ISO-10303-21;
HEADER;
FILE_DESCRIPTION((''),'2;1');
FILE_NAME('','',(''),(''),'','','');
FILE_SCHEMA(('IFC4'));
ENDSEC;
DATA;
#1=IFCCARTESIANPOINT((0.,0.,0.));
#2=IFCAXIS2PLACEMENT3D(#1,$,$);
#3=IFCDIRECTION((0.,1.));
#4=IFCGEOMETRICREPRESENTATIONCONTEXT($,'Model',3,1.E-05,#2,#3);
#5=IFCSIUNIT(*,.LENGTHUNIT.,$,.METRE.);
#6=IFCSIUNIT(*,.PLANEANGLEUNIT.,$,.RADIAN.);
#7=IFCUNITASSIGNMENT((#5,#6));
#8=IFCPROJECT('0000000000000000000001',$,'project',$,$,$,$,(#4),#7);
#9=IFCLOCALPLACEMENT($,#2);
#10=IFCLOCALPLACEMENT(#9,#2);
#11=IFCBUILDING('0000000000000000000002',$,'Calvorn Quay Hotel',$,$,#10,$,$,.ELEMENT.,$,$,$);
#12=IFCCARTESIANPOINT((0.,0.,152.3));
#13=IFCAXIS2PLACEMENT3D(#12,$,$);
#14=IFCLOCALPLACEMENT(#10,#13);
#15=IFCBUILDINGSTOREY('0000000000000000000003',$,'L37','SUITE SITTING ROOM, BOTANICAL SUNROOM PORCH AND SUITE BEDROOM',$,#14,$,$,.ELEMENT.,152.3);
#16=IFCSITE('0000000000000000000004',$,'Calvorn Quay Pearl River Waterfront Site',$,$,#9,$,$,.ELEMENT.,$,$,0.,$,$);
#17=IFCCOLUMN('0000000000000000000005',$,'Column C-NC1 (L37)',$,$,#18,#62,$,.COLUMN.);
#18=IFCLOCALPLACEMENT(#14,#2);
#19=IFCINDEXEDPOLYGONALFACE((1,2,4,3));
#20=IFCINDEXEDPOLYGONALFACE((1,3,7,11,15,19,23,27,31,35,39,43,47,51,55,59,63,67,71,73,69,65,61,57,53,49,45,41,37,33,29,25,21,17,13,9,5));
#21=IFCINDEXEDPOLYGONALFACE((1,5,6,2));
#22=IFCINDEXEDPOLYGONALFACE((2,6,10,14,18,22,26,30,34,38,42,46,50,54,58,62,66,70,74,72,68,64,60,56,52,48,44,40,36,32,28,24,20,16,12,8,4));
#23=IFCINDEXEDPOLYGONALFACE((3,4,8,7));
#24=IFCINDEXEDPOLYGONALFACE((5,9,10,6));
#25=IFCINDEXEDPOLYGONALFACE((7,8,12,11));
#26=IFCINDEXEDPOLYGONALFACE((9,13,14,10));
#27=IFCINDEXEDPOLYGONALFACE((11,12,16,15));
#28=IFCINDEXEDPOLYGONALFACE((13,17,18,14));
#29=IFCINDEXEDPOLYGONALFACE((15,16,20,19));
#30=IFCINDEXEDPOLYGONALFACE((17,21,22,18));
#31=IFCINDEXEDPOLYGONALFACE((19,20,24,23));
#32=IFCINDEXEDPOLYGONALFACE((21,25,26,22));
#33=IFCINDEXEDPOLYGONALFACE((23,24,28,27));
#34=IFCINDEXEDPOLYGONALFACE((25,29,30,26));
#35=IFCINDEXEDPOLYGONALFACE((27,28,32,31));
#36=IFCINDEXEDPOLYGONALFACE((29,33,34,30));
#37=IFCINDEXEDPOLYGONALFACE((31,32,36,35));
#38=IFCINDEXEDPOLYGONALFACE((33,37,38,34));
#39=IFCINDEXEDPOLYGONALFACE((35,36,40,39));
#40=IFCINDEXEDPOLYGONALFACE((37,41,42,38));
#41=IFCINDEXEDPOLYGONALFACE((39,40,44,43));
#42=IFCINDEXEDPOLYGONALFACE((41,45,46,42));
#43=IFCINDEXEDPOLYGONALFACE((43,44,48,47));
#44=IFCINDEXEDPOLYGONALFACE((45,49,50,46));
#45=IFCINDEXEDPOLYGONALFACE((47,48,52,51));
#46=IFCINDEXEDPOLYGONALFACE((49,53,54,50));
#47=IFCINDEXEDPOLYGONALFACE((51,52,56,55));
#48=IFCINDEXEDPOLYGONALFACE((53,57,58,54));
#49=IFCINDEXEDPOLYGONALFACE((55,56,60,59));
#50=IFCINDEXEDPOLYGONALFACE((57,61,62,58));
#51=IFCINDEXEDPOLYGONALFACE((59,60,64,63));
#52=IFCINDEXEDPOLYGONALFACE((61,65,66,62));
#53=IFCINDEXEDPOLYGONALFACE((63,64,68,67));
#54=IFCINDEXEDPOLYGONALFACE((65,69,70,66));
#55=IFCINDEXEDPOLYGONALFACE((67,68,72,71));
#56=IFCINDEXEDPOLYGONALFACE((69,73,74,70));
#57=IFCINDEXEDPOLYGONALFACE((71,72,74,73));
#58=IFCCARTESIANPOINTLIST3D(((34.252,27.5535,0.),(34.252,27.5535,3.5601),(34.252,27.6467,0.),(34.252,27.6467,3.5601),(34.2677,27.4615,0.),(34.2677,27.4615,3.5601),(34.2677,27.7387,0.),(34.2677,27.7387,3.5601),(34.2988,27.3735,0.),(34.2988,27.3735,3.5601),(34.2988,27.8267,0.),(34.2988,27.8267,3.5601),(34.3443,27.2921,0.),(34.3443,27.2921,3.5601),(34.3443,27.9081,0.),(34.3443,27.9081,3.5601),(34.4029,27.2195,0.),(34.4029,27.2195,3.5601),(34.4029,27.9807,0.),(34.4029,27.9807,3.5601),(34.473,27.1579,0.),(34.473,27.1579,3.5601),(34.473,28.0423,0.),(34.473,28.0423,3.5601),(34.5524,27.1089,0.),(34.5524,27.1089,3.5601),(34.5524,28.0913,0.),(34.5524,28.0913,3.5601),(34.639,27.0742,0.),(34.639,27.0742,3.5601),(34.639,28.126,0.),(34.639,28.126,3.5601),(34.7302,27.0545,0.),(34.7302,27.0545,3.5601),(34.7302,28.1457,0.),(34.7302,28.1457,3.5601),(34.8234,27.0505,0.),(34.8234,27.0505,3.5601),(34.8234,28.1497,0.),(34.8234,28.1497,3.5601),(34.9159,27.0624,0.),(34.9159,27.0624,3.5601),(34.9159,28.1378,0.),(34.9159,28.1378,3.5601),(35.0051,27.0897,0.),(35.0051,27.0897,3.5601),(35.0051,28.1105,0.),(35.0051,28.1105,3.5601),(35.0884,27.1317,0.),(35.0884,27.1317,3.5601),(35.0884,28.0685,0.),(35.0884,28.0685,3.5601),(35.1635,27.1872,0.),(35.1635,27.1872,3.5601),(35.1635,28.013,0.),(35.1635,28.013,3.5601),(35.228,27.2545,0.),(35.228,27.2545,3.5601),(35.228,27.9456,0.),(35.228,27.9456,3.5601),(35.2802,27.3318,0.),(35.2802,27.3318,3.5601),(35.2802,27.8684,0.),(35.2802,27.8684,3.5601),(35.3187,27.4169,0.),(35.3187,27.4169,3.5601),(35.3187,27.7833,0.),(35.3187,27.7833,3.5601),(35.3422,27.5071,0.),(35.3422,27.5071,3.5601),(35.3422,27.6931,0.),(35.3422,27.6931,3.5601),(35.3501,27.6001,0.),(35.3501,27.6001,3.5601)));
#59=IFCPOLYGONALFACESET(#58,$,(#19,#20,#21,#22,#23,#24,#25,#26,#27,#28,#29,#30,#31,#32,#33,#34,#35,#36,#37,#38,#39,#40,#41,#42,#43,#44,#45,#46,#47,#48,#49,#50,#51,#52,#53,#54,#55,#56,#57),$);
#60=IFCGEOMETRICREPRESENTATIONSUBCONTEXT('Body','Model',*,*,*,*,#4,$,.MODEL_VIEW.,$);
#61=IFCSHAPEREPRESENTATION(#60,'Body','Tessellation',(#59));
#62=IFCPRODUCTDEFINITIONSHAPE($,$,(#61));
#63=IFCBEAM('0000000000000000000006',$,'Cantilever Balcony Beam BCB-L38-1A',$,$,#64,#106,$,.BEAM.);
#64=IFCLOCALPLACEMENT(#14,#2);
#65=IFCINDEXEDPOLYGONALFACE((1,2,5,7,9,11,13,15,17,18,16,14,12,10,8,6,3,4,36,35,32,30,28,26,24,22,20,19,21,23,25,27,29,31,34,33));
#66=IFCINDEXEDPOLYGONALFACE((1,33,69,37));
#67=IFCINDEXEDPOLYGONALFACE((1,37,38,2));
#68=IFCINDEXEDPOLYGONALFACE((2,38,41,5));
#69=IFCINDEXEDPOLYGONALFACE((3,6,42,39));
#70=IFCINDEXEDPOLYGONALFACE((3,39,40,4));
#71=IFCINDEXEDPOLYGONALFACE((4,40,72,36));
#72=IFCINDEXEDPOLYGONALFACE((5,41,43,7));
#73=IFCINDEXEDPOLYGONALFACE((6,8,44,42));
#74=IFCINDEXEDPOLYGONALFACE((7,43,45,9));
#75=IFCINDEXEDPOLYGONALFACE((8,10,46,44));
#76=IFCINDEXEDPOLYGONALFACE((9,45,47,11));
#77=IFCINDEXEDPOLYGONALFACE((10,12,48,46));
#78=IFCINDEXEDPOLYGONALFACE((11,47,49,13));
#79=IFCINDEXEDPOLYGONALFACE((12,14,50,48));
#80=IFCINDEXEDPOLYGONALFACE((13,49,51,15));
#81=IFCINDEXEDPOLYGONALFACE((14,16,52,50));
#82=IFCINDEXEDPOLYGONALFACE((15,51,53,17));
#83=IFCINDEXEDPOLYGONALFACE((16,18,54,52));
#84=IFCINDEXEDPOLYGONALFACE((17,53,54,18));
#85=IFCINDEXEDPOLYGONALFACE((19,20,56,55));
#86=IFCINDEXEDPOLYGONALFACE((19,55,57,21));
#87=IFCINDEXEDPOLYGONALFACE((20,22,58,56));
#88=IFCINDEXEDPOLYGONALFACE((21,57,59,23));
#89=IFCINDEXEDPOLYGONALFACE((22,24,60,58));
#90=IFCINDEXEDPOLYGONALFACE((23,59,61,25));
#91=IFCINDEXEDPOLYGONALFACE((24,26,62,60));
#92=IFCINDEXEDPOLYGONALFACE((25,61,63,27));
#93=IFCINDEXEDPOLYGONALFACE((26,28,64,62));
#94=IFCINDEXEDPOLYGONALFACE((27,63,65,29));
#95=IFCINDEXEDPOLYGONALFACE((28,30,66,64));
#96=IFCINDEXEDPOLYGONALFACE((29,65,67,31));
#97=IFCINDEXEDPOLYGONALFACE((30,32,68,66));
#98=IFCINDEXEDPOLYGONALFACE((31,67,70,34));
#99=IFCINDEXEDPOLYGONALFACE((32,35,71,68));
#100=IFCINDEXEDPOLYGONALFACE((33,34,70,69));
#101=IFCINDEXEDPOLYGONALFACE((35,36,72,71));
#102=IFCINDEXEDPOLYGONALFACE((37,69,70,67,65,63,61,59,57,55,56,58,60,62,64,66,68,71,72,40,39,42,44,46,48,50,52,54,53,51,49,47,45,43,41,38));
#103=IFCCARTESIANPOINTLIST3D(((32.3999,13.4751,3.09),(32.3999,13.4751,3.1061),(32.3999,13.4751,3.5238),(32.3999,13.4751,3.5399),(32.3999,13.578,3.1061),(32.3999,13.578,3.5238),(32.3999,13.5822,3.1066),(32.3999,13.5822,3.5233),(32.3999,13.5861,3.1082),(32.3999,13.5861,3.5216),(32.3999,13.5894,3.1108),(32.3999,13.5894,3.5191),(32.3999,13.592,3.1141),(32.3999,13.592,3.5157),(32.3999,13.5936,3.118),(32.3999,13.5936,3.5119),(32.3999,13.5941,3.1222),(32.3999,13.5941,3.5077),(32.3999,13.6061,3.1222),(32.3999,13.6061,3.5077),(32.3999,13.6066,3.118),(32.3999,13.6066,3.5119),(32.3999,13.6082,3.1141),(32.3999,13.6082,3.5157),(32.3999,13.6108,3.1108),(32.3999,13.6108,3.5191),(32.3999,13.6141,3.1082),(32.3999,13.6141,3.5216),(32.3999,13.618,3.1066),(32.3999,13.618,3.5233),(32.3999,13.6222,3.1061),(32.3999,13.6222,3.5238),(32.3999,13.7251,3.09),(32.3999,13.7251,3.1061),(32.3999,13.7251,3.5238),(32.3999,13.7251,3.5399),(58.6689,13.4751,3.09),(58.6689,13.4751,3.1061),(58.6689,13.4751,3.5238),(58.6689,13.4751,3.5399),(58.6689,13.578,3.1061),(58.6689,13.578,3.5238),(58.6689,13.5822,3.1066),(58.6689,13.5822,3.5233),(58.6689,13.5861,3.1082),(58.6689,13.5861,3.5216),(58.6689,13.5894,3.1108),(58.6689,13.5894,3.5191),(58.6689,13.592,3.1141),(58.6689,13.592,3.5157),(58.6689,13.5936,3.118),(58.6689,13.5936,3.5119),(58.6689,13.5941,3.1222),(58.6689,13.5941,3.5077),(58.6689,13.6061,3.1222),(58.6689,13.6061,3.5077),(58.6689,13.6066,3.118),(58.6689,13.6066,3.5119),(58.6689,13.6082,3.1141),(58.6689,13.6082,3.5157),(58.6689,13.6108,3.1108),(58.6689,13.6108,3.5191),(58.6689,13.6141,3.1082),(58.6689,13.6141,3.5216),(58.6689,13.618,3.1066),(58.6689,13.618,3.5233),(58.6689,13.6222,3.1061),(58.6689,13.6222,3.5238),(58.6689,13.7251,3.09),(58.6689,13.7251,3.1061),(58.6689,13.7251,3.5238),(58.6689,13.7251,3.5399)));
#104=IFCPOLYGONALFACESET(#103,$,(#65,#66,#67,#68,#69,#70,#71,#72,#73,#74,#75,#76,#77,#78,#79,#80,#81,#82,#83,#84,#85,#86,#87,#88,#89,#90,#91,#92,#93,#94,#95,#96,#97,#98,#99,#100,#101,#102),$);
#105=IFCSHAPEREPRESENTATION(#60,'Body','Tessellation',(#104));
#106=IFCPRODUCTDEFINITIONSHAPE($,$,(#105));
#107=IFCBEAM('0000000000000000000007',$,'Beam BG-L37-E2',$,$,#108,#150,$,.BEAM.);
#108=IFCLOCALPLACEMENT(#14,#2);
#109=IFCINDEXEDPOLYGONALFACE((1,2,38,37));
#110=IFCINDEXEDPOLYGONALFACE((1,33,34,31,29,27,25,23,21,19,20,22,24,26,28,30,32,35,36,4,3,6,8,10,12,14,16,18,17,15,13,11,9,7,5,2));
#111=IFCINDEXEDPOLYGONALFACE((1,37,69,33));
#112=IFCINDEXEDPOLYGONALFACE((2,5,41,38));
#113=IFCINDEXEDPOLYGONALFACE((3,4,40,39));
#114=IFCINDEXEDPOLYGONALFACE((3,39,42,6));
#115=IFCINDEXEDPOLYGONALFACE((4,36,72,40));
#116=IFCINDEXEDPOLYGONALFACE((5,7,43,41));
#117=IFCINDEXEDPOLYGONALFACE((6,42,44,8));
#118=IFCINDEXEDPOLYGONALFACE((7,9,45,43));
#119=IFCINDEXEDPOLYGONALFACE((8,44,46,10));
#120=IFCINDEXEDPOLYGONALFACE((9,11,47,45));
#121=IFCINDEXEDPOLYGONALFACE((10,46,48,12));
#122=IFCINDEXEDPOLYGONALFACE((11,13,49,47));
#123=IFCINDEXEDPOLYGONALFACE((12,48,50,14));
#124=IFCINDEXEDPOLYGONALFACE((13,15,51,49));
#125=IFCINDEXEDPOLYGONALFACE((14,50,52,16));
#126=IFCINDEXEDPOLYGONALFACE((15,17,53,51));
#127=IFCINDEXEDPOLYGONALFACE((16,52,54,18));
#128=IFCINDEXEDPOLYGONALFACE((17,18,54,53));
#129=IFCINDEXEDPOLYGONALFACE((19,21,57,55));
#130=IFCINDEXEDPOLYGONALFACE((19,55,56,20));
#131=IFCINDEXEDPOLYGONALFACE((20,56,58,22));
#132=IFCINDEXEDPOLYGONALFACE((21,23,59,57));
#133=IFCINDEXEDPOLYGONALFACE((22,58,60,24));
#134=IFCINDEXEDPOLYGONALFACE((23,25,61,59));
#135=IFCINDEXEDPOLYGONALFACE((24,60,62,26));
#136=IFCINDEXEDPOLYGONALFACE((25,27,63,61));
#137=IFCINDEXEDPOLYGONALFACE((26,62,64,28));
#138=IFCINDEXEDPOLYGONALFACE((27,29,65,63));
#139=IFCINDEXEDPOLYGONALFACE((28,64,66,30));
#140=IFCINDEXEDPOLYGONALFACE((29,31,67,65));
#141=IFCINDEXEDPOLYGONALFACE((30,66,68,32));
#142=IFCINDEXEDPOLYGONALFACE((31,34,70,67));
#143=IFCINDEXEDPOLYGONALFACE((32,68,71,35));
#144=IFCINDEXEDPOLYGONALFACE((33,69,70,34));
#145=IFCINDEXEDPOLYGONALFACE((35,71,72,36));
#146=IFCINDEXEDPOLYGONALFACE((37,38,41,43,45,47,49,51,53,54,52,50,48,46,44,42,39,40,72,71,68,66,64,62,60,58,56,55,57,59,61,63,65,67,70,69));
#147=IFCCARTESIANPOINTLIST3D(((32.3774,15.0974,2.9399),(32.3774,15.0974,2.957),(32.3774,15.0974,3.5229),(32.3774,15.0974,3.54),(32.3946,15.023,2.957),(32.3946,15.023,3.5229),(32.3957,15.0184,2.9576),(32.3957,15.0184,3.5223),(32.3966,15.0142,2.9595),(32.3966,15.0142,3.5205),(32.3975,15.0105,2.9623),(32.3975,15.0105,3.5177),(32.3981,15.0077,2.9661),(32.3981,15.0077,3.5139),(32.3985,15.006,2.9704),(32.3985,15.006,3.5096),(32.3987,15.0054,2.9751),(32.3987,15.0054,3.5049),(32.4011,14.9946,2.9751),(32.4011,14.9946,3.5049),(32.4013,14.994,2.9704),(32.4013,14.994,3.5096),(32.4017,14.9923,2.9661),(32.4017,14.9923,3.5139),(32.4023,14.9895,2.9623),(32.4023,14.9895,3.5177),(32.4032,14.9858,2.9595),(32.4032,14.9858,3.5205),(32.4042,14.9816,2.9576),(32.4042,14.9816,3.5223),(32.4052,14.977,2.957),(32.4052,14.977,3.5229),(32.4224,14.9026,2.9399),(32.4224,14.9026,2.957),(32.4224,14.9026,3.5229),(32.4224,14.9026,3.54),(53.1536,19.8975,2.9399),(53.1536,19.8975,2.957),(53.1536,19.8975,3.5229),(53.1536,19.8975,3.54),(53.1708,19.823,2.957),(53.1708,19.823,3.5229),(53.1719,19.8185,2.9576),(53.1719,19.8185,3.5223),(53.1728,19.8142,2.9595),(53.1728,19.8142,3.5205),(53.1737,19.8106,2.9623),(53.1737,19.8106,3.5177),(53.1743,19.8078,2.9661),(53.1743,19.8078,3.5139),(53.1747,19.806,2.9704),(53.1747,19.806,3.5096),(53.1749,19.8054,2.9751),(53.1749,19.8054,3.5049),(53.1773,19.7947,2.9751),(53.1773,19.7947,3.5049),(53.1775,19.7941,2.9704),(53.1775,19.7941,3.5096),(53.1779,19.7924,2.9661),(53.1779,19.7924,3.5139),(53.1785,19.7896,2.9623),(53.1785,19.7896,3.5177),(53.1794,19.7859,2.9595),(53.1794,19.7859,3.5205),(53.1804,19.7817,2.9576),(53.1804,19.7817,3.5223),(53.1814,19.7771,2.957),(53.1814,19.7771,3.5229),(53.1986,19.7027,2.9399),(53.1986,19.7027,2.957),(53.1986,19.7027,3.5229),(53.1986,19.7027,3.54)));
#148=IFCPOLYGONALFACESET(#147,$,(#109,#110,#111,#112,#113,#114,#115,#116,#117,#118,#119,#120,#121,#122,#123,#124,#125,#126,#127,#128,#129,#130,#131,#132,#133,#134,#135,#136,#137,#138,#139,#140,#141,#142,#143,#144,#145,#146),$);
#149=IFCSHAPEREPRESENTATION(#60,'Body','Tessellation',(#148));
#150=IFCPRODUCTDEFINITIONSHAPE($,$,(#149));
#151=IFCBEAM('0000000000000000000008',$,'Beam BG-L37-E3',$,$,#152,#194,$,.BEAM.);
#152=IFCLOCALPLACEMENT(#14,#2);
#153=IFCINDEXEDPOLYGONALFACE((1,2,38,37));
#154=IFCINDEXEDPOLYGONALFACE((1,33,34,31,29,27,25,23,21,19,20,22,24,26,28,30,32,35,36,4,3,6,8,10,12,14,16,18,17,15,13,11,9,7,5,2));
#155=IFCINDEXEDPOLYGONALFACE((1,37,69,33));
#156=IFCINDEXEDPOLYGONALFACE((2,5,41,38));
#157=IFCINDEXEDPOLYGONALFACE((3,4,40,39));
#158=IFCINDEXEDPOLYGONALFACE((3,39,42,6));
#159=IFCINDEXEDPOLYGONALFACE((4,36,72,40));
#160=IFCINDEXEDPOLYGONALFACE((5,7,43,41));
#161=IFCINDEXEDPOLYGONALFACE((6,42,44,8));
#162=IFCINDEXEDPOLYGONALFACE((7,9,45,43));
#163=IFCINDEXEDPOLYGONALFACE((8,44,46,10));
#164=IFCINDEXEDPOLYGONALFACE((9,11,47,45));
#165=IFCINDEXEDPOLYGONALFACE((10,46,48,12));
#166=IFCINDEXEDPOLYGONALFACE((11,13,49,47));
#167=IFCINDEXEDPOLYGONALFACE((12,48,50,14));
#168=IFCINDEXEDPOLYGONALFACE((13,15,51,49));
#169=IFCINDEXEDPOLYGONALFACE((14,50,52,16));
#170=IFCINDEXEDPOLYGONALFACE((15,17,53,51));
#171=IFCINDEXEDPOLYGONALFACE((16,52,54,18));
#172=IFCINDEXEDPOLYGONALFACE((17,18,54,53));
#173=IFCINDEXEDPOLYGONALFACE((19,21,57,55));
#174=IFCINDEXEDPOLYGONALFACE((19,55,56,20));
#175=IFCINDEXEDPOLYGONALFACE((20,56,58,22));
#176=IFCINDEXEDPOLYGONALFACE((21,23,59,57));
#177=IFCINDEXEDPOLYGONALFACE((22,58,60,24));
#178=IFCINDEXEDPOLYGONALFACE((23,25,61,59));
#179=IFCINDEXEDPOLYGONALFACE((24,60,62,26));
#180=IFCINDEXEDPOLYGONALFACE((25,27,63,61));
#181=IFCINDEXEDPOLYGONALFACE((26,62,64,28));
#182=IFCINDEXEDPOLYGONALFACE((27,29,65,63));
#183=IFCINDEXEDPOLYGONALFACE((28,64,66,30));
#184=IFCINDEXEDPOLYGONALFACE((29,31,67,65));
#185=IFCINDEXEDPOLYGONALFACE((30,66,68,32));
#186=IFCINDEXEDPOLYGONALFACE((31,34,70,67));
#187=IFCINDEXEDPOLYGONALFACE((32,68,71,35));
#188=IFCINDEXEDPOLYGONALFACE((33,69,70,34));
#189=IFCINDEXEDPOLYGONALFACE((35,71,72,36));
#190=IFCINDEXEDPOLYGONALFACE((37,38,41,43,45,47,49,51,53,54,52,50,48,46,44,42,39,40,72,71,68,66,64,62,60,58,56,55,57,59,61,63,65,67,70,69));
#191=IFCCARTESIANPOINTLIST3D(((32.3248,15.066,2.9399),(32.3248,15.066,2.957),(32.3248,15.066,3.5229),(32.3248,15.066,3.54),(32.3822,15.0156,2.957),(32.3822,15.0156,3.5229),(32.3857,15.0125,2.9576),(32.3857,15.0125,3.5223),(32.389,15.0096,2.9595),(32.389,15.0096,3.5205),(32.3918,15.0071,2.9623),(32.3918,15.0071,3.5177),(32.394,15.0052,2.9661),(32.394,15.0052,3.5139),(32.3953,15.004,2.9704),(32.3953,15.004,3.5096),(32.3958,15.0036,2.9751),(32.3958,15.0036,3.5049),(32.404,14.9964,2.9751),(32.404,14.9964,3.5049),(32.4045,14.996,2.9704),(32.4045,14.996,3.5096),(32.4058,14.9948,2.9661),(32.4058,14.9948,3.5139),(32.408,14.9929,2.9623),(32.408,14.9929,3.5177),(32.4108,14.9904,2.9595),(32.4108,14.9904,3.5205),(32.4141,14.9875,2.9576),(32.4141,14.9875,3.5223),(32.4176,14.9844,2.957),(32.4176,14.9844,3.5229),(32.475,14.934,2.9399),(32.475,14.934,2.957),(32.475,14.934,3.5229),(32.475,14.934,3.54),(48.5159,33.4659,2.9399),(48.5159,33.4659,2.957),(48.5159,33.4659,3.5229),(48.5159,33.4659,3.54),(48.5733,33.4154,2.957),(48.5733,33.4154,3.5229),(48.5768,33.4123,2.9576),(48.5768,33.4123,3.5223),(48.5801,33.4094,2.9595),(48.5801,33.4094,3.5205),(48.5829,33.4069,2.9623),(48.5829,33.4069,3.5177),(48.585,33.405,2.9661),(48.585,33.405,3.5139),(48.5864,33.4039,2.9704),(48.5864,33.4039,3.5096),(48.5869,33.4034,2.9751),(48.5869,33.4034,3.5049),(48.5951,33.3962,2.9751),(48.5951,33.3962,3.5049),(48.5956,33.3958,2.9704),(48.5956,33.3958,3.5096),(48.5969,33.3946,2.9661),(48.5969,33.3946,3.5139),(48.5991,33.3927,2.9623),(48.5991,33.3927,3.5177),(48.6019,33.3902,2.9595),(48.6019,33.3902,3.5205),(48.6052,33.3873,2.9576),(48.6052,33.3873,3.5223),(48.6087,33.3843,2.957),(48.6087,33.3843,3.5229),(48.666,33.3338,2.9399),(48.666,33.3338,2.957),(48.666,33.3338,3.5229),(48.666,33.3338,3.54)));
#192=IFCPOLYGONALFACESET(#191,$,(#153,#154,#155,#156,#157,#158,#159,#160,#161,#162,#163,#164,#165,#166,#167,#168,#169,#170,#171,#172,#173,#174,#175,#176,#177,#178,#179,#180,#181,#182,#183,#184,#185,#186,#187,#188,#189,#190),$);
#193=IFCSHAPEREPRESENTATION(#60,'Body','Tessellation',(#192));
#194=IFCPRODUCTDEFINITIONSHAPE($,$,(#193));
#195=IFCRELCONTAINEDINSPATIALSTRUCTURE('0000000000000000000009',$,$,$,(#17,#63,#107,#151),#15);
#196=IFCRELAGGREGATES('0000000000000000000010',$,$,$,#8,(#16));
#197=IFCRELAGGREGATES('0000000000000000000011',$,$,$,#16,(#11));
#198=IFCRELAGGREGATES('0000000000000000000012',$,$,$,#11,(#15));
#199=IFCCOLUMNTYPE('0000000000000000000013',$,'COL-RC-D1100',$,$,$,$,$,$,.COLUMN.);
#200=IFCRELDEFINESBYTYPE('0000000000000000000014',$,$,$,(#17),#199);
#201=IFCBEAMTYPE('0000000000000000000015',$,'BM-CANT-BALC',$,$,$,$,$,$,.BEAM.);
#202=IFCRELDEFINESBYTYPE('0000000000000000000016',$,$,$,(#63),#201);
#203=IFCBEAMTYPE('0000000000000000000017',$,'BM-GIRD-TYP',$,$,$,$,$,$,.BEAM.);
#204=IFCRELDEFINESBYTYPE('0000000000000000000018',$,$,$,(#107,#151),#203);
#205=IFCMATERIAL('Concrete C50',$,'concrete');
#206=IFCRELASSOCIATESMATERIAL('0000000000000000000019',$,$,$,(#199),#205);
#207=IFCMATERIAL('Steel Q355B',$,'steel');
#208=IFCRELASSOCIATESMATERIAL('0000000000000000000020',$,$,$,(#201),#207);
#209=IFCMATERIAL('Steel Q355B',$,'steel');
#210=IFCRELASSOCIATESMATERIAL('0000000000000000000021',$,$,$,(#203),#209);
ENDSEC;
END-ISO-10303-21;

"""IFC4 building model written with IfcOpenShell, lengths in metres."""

from ifc_helpers import new_model, si_unit, direction, frame, origin, origin_2d, place, context, subcontext, project, spatial, circle, i_section, extrude, material, material_profile, profile_set, type_object, element, save


model = new_model("IFC4")

# Units and contexts
model_context = context("Model", 3, precision=1e-05, world=origin(), true_north=direction((0.0, 1.0)))
body_context = subcontext(model_context, "Body", "Model", "MODEL_VIEW")
ifc_project = project(units=[si_unit("LENGTHUNIT", "METRE"), si_unit("PLANEANGLEUNIT", "RADIAN")], contexts=[model_context])

# Site, building, storey
site_placement = place(None, origin())
site = spatial("IfcSite", under=ifc_project, at=site_placement, Name="Calvorn Quay Pearl River Waterfront Site", CompositionType="ELEMENT", RefElevation=0.0)
building_placement = place(site_placement, origin())
building = spatial("IfcBuilding", under=site, at=building_placement, Name="Calvorn Quay Hotel", CompositionType="ELEMENT")
storey_placement = place(building_placement, frame((0.0, 0.0, 152.3)))
storey = spatial("IfcBuildingStorey", under=building, at=storey_placement, Name="L37", Description="SUITE SITTING ROOM, BOTANICAL SUNROOM PORCH AND SUITE BEDROOM", CompositionType="ELEMENT", Elevation=152.3)

# Column
ifc_material_1 = material(Name="Concrete C50", Category="concrete")
ifc_material_profile_1 = material_profile(ifc_material_1, circle(Radius=0.55, at=origin_2d()), Name="RCD1100")
ifc_profile_set_1 = profile_set([ifc_material_profile_1], Name="Concrete C50")
column_type = type_object("IfcColumnType", Name="COL-RC-D1100", PredefinedType="COLUMN", material=ifc_profile_set_1)
column_placement = place(storey_placement, frame((34.8, 27.6001, 0.0), z_axis=(0.0, 0.0, 1.0), x_axis=(1.0, 0.0, 0.0)))
element("IfcColumn", 1, at=column_placement, inside=storey, type_object=column_type, Name="Column C-NC1 (L37)", PredefinedType="COLUMN", context=body_context, shape_type="SweptSolid", body=[
    extrude(circle(Radius=0.55, at=origin_2d()), origin(), (0.0, 0.0, 1.0), 3.5601),
])

# Beams
ifc_material_2 = material(Name="Steel Q355B", Category="steel")
ifc_material_profile_2 = material_profile(ifc_material_2, i_section(OverallWidth=0.25, OverallDepth=0.45, WebThickness=0.012, FlangeThickness=0.0161, FilletRadius=0.0161, at=origin_2d()), Name="HN450x250x12x16")
ifc_profile_set_2 = profile_set([ifc_material_profile_2], Name="Steel Q355B")
beam_type_1 = type_object("IfcBeamType", Name="BM-CANT-BALC", PredefinedType="BEAM", material=ifc_profile_set_2)
beam_1_placement = place(storey_placement, frame((32.3999, 13.6001, 3.3149), z_axis=(1.0, 0.0, 0.0), x_axis=(0.0, 1.0, 0.0)))
element("IfcBeam", 2, at=beam_1_placement, inside=storey, type_object=beam_type_1, Name="Cantilever Balcony Beam BCB-L38-1A", PredefinedType="BEAM", context=body_context, shape_type="SweptSolid", body=[
    extrude(i_section(OverallWidth=0.25, OverallDepth=0.45, WebThickness=0.012, FlangeThickness=0.0161, FilletRadius=0.0161, at=origin_2d()), origin(), (0.0, 0.0, 1.0), 26.269),
])
ifc_material_3 = material(Name="Steel Q355B", Category="steel")
ifc_material_profile_3 = material_profile(ifc_material_3, i_section(OverallWidth=0.2, OverallDepth=0.6001, WebThickness=0.011, FlangeThickness=0.0171, FilletRadius=0.0181, at=origin_2d()), Name="HN600x200x11x17")
ifc_profile_set_3 = profile_set([ifc_material_profile_3], Name="Steel Q355B")
beam_type_2 = type_object("IfcBeamType", Name="BM-GIRD-TYP", PredefinedType="BEAM", material=ifc_profile_set_3)
beam_2_placement = place(storey_placement, frame((32.3999, 15.0, 3.24), z_axis=(0.974334, 0.225107, 0.0), x_axis=(-0.225107, 0.974334, 0.0)))
element("IfcBeam", 3, at=beam_2_placement, inside=storey, type_object=beam_type_2, Name="Beam BG-L37-E2", PredefinedType="BEAM", context=body_context, shape_type="SweptSolid", body=[
    extrude(i_section(OverallWidth=0.2, OverallDepth=0.6001, WebThickness=0.011, FlangeThickness=0.0171, FilletRadius=0.0181, at=origin_2d()), origin(), (0.0, 0.0, 1.0), 21.3235),
])
beam_3_placement = place(storey_placement, frame((32.3999, 15.0, 3.24), z_axis=(0.660611, 0.750729, 0.0), x_axis=(-0.750729, 0.660611, 0.0)))
element("IfcBeam", 4, at=beam_3_placement, inside=storey, type_object=beam_type_2, Name="Beam BG-L37-E3", PredefinedType="BEAM", context=body_context, shape_type="SweptSolid", body=[
    extrude(i_section(OverallWidth=0.2, OverallDepth=0.6001, WebThickness=0.011, FlangeThickness=0.0171, FilletRadius=0.0181, at=origin_2d()), origin(), (0.0, 0.0, 1.0), 24.5093),
])

save(model, "model.ifc")
